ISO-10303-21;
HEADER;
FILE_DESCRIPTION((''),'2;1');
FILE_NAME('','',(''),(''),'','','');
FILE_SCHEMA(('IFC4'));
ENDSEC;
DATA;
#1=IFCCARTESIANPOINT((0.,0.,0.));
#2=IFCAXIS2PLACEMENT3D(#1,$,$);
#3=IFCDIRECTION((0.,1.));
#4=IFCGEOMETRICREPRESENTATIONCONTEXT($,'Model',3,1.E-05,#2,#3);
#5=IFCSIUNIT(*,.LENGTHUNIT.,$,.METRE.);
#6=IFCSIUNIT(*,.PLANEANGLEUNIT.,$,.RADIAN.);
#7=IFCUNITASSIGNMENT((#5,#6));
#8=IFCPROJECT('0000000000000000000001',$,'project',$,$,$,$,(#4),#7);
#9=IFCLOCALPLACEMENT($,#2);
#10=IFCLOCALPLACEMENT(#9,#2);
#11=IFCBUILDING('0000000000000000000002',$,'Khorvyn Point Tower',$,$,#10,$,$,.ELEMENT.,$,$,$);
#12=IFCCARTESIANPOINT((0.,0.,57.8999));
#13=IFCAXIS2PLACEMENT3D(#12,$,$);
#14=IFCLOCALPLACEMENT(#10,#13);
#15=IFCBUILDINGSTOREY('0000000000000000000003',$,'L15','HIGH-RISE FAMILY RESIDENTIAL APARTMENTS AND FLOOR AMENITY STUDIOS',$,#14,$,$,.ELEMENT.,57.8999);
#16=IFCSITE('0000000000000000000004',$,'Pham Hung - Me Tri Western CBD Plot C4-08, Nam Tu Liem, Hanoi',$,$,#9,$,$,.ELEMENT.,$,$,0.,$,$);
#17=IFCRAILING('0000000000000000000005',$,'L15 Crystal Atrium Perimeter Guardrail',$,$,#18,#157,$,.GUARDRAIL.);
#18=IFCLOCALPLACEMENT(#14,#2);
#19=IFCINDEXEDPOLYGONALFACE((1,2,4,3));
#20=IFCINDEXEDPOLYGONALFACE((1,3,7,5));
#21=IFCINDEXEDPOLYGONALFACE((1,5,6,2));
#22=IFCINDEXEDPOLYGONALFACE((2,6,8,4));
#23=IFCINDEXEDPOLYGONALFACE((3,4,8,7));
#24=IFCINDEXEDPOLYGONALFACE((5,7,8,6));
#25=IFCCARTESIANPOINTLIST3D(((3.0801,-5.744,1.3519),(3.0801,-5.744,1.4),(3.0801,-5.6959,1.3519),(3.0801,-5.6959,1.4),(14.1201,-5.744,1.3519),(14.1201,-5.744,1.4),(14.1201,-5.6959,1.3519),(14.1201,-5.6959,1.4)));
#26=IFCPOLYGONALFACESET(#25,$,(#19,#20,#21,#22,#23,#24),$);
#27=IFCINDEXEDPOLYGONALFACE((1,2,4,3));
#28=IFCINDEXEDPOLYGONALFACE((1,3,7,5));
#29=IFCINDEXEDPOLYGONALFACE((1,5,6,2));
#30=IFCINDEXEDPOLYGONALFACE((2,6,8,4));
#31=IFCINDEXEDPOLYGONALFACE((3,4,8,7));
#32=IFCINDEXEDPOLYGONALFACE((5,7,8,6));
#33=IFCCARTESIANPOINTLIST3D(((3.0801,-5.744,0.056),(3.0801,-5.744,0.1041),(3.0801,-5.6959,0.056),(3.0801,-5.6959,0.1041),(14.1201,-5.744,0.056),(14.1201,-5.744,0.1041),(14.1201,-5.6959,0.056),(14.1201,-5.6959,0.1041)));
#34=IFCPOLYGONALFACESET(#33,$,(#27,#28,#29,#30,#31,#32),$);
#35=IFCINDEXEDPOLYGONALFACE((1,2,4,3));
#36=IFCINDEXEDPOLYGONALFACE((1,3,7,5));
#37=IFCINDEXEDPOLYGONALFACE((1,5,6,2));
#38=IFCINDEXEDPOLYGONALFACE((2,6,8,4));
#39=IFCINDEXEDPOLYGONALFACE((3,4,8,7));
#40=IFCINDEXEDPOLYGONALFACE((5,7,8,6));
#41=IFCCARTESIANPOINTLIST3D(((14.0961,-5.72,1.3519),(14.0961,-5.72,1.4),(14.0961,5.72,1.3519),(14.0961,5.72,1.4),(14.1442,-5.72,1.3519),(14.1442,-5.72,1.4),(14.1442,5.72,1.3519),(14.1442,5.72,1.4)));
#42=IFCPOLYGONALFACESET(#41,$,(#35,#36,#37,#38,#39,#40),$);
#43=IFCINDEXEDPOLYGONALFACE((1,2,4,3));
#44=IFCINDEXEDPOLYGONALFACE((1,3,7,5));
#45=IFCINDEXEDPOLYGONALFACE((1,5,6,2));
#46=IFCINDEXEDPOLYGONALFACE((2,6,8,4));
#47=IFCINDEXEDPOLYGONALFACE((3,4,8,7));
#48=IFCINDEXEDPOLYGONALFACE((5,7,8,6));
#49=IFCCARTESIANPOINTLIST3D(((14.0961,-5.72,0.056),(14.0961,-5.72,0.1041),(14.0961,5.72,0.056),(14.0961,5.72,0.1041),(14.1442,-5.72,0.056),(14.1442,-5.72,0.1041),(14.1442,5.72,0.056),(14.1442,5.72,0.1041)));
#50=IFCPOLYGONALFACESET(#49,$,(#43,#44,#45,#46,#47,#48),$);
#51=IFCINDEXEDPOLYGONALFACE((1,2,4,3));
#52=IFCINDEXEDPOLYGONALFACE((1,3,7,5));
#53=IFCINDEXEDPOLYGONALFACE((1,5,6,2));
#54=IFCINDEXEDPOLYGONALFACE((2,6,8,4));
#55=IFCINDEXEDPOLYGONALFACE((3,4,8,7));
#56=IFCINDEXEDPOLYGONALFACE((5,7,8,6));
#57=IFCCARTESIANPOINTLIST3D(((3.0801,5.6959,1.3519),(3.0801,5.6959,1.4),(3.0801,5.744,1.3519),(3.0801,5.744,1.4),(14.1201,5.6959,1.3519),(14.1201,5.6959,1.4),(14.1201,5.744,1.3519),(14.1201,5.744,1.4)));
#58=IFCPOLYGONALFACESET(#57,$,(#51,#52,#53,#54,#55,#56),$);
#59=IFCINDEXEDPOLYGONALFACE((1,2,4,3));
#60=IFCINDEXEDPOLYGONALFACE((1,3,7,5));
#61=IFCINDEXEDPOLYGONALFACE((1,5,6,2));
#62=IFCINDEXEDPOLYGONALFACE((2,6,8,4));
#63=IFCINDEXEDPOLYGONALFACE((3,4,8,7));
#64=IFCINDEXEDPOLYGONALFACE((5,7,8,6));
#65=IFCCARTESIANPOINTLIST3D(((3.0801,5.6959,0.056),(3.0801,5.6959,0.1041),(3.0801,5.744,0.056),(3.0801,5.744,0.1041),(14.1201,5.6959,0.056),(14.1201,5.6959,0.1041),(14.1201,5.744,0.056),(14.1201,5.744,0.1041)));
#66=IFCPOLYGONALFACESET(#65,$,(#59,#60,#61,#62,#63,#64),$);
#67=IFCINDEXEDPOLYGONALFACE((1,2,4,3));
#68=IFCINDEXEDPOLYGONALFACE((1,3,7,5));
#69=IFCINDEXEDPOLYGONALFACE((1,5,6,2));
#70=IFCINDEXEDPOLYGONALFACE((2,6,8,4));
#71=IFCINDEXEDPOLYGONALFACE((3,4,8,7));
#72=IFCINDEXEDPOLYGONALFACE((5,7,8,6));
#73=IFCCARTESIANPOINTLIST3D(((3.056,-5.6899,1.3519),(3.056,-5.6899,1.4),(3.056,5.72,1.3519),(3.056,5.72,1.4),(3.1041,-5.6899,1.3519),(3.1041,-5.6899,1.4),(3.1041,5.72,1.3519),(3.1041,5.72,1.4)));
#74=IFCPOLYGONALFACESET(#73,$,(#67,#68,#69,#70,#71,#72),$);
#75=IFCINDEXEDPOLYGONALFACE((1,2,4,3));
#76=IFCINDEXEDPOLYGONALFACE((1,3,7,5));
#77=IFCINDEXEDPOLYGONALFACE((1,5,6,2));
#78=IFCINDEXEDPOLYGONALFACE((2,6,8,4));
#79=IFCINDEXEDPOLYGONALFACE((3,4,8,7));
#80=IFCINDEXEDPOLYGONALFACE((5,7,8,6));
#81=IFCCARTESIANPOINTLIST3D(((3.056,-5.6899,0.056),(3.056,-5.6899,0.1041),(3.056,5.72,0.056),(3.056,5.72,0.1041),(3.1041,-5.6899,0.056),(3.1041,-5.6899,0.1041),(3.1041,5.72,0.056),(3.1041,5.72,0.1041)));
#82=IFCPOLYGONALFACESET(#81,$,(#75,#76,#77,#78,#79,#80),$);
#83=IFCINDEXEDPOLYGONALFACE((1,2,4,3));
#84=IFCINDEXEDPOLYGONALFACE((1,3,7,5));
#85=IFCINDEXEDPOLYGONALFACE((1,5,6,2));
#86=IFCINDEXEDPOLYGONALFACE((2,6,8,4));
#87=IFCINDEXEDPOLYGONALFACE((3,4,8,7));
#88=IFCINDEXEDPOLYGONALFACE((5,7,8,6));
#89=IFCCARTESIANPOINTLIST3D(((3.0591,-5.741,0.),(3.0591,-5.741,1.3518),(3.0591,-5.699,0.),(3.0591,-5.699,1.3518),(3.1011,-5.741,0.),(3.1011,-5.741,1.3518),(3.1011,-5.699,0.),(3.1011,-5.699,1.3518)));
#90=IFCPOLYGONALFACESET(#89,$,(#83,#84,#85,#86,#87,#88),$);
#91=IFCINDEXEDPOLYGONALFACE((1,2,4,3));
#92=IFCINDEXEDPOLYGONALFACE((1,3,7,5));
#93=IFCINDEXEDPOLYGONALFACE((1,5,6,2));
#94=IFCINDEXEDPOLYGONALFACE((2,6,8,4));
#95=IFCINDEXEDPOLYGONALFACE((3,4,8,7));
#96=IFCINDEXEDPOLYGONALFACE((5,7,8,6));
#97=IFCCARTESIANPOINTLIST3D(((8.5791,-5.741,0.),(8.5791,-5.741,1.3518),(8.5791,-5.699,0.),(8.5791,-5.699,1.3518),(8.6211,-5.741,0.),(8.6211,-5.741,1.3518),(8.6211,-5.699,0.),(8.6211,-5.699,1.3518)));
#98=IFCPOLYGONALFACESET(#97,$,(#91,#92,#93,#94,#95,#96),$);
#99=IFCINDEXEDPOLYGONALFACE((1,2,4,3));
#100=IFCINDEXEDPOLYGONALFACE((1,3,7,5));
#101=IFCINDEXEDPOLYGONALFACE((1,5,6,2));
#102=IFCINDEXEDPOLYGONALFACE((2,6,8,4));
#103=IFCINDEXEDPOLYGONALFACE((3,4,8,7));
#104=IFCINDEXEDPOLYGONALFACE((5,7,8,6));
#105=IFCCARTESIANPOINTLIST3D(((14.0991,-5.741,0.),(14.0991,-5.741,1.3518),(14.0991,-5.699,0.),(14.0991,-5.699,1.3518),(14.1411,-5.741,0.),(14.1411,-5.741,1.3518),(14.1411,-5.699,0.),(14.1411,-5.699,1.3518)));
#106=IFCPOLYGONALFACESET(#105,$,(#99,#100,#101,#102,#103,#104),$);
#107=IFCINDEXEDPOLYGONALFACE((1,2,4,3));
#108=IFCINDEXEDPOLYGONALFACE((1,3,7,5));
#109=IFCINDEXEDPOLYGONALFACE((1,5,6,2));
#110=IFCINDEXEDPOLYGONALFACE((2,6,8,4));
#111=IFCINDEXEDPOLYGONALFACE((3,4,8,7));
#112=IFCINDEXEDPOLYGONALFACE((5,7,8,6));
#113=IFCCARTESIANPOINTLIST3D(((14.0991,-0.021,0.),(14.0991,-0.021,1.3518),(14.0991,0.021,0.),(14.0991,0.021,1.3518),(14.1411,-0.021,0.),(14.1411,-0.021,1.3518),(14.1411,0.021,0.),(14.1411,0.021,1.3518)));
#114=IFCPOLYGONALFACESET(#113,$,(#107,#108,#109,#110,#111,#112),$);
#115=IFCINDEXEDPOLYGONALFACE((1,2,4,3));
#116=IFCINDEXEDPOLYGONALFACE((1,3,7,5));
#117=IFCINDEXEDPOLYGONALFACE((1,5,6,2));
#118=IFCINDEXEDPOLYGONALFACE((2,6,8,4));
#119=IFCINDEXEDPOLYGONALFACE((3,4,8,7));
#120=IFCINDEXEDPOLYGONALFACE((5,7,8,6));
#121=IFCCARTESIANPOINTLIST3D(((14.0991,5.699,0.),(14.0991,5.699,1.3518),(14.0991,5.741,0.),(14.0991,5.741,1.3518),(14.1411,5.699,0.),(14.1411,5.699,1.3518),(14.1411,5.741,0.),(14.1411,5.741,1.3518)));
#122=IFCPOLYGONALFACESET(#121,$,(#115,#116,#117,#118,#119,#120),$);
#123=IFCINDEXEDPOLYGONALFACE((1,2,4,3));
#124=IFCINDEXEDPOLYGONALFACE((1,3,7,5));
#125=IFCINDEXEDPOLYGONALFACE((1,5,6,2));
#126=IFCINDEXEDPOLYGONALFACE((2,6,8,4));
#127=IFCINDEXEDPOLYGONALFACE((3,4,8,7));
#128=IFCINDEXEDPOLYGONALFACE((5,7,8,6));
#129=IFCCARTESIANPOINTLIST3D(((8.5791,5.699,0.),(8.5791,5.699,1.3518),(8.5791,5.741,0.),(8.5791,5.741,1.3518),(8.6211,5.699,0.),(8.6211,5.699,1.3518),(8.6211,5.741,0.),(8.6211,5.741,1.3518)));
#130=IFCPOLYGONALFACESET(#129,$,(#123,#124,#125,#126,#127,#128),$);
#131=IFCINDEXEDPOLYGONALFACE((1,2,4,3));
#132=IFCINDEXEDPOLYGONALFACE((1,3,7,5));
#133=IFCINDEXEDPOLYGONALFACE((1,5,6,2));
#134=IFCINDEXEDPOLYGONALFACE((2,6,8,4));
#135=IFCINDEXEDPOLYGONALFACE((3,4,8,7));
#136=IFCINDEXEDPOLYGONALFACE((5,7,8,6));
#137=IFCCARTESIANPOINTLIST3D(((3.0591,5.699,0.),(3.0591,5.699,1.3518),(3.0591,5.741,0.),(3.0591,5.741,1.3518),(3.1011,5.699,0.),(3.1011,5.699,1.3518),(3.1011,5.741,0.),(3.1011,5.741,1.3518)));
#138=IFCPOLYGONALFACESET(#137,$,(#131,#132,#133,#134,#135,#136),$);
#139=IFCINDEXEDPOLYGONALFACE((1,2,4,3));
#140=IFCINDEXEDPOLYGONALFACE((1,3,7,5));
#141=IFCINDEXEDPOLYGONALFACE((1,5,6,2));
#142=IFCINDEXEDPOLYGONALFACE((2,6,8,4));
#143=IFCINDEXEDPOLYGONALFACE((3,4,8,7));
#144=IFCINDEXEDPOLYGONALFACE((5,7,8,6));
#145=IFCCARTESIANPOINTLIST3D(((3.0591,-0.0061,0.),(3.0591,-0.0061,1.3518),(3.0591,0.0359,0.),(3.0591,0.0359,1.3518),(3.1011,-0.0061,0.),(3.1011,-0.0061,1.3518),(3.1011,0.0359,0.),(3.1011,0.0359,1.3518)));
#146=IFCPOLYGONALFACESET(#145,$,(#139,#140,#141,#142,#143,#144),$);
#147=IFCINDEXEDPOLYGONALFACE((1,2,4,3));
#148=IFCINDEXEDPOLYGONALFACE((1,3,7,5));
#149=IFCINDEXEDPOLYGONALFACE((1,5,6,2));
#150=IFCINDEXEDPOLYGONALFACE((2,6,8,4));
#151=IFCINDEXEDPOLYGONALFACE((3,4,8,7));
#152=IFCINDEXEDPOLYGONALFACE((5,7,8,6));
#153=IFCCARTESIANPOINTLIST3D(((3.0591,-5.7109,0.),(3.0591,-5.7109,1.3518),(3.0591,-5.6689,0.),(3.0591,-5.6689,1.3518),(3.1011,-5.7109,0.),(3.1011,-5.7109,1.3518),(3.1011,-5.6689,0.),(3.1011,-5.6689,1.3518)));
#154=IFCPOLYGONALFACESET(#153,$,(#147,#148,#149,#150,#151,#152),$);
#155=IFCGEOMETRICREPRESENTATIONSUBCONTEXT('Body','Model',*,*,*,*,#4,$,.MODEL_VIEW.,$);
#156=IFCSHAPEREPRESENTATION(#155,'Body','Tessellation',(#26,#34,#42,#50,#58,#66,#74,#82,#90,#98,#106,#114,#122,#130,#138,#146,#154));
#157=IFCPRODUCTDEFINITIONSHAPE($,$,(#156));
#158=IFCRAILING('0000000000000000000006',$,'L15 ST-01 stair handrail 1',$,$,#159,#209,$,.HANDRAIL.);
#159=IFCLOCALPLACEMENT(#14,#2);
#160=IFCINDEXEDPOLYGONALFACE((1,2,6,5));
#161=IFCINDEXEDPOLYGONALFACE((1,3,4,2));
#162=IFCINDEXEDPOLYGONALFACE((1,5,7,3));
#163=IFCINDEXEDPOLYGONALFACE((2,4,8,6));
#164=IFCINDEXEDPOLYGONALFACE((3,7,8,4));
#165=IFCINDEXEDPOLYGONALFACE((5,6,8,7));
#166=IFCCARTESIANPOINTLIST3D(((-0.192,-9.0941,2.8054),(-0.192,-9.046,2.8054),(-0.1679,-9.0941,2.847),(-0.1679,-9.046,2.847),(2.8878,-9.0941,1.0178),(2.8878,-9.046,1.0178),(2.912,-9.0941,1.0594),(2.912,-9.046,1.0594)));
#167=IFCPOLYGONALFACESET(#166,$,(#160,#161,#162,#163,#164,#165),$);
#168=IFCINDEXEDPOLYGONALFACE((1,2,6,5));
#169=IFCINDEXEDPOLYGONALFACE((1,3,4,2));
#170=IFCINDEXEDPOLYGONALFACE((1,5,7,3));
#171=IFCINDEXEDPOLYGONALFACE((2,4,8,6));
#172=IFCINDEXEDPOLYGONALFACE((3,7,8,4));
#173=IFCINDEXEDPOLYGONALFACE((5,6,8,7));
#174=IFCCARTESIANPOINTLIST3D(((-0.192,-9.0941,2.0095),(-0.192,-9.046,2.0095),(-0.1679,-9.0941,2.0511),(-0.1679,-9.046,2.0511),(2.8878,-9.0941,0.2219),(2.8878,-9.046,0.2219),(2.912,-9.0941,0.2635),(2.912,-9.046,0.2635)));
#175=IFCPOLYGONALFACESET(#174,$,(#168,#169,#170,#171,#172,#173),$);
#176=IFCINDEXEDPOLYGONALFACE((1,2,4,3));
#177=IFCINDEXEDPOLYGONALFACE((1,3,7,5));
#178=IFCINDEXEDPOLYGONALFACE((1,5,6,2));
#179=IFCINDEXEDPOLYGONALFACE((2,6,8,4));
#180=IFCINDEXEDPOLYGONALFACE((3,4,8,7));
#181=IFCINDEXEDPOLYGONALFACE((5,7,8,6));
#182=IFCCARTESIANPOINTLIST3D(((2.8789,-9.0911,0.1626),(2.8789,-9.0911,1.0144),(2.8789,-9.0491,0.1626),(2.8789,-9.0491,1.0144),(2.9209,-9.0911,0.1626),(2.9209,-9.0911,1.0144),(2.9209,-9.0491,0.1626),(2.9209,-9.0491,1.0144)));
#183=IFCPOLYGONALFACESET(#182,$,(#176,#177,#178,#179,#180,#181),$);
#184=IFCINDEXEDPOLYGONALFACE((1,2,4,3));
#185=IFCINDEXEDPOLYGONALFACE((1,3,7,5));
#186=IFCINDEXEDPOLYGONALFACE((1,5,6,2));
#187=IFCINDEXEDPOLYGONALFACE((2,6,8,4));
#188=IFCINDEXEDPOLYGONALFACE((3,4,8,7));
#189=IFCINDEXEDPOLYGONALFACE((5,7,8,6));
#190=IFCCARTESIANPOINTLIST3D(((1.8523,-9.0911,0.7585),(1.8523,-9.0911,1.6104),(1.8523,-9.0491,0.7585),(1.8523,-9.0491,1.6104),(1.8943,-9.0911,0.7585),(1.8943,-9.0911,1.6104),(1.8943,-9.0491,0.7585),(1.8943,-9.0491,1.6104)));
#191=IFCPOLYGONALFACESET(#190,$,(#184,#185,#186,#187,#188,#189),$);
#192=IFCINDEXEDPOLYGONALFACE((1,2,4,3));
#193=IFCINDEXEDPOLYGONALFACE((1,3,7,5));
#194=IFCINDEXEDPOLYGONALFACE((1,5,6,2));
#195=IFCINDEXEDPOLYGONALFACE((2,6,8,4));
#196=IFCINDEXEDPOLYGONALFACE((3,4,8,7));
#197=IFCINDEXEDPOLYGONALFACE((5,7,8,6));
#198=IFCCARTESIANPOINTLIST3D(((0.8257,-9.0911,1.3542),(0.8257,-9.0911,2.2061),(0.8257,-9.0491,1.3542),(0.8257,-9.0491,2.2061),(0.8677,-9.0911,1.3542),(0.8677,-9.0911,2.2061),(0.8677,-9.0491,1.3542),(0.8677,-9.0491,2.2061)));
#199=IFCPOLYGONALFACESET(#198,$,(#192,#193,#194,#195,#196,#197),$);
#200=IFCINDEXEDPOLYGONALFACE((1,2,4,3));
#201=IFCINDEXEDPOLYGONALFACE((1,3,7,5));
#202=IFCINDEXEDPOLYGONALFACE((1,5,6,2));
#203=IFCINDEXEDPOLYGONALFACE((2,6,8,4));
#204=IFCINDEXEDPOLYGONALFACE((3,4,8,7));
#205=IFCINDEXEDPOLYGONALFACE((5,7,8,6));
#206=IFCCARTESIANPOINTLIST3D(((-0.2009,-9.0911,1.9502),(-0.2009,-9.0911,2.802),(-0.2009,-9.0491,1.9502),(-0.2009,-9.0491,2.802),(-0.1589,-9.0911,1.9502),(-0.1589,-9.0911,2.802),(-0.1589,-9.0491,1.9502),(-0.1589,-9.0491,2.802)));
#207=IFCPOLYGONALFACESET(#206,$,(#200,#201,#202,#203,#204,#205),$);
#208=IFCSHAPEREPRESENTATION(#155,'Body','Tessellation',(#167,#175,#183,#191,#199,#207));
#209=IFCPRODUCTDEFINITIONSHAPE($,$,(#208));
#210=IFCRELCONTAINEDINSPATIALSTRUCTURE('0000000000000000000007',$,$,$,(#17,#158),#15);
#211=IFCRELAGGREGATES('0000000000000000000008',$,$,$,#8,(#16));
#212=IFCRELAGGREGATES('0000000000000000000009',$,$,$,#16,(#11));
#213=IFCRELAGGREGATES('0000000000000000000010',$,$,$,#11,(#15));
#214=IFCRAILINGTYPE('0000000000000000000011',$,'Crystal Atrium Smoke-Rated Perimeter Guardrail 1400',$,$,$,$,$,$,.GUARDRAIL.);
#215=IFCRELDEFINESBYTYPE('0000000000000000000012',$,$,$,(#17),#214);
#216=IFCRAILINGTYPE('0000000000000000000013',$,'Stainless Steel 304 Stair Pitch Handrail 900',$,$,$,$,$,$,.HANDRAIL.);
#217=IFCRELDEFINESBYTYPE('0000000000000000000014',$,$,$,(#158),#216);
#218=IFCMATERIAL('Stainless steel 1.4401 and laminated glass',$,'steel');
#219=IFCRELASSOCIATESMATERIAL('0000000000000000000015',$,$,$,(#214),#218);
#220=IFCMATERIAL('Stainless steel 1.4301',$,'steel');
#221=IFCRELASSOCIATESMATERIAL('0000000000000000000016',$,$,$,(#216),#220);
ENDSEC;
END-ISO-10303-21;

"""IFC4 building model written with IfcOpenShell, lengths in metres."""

from ifc_helpers import new_model, si_unit, direction, frame, origin, origin_2d, place, context, subcontext, project, spatial, rectangle, extrude, material, type_object, element, save


model = new_model("IFC4")

# Units and contexts
model_context = context("Model", 3, precision=1e-05, world=origin(), true_north=direction((0.0, 1.0)))
body_context = subcontext(model_context, "Body", "Model", "MODEL_VIEW")
ifc_project = project(units=[si_unit("LENGTHUNIT", "METRE"), si_unit("PLANEANGLEUNIT", "RADIAN")], contexts=[model_context])

# Site, building, storey
site_placement = place(None, origin())
site = spatial("IfcSite", under=ifc_project, at=site_placement, Name="Pham Hung - Me Tri Western CBD Plot C4-08, Nam Tu Liem, Hanoi", CompositionType="ELEMENT", RefElevation=0.0)
building_placement = place(site_placement, origin())
building = spatial("IfcBuilding", under=site, at=building_placement, Name="Khorvyn Point Tower", CompositionType="ELEMENT")
storey_placement = place(building_placement, frame((0.0, 0.0, 57.8999)))
storey = spatial("IfcBuildingStorey", under=building, at=storey_placement, Name="L15", Description="HIGH-RISE FAMILY RESIDENTIAL APARTMENTS AND FLOOR AMENITY STUDIOS", CompositionType="ELEMENT", Elevation=57.8999)

# Shared definitions
ifc_material_1 = material(Name="Stainless steel 1.4301", Category="steel")

# Railings
ifc_material_2 = material(Name="Stainless steel 1.4401 and laminated glass", Category="steel")
railing_type_1 = type_object("IfcRailingType", Name="Crystal Atrium Smoke-Rated Perimeter Guardrail 1400", PredefinedType="GUARDRAIL", material=ifc_material_2)
railing_1_placement = place(storey_placement, frame((3.0801, -5.72, 0.0)))
element("IfcRailing", 1, at=railing_1_placement, inside=storey, type_object=railing_type_1, Name="L15 Crystal Atrium Perimeter Guardrail", PredefinedType="GUARDRAIL", context=body_context, shape_type="SweptSolid", body=[
    extrude(rectangle(XDim=0.0481, YDim=0.0481, at=origin_2d()), frame((0.0, 0.0, 1.376), z_axis=(1.0, 0.0, 0.0), x_axis=(0.0, 1.0, 0.0)), (0.0, 0.0, 1.0), 11.04),
    extrude(rectangle(XDim=0.0481, YDim=0.0481, at=origin_2d()), frame((0.0, 0.0, 0.0801), z_axis=(1.0, 0.0, 0.0), x_axis=(0.0, 1.0, 0.0)), (0.0, 0.0, 1.0), 11.04),
    extrude(rectangle(XDim=0.0481, YDim=0.0481, at=origin_2d()), frame((11.04, 0.0, 1.376), z_axis=(0.0, 1.0, 0.0), x_axis=(-1.0, 0.0, 0.0)), (0.0, 0.0, 1.0), 11.4399),
    extrude(rectangle(XDim=0.0481, YDim=0.0481, at=origin_2d()), frame((11.04, 0.0, 0.0801), z_axis=(0.0, 1.0, 0.0), x_axis=(-1.0, 0.0, 0.0)), (0.0, 0.0, 1.0), 11.4399),
    extrude(rectangle(XDim=0.0481, YDim=0.0481, at=origin_2d()), frame((11.04, 11.4399, 1.376), z_axis=(-1.0, 0.0, 0.0), x_axis=(0.0, -1.0, 0.0)), (0.0, 0.0, 1.0), 11.04),
    extrude(rectangle(XDim=0.0481, YDim=0.0481, at=origin_2d()), frame((11.04, 11.4399, 0.0801), z_axis=(-1.0, 0.0, 0.0), x_axis=(0.0, -1.0, 0.0)), (0.0, 0.0, 1.0), 11.04),
    extrude(rectangle(XDim=0.0481, YDim=0.0481, at=origin_2d()), frame((0.0, 11.4399, 1.376), z_axis=(0.0, -1.0, 0.0), x_axis=(1.0, 0.0, 0.0)), (0.0, 0.0, 1.0), 11.4099),
    extrude(rectangle(XDim=0.0481, YDim=0.0481, at=origin_2d()), frame((0.0, 11.4399, 0.0801), z_axis=(0.0, -1.0, 0.0), x_axis=(1.0, 0.0, 0.0)), (0.0, 0.0, 1.0), 11.4099),
    extrude(rectangle(XDim=0.042, YDim=0.042, at=origin_2d()), origin(), (0.0, 0.0, 1.0), 1.3518),
    extrude(rectangle(XDim=0.042, YDim=0.042, at=origin_2d()), frame((5.52, 0.0, 0.0)), (0.0, 0.0, 1.0), 1.3518),
    extrude(rectangle(XDim=0.042, YDim=0.042, at=origin_2d()), frame((11.04, 0.0, 0.0)), (0.0, 0.0, 1.0), 1.3518),
    extrude(rectangle(XDim=0.042, YDim=0.042, at=origin_2d()), frame((11.04, 5.72, 0.0)), (0.0, 0.0, 1.0), 1.3518),
    extrude(rectangle(XDim=0.042, YDim=0.042, at=origin_2d()), frame((11.04, 11.4399, 0.0)), (0.0, 0.0, 1.0), 1.3518),
    extrude(rectangle(XDim=0.042, YDim=0.042, at=origin_2d()), frame((5.52, 11.4399, 0.0)), (0.0, 0.0, 1.0), 1.3518),
    extrude(rectangle(XDim=0.042, YDim=0.042, at=origin_2d()), frame((0.0, 11.4399, 0.0)), (0.0, 0.0, 1.0), 1.3518),
    extrude(rectangle(XDim=0.042, YDim=0.042, at=origin_2d()), frame((0.0, 5.7349, 0.0)), (0.0, 0.0, 1.0), 1.3518),
    extrude(rectangle(XDim=0.042, YDim=0.042, at=origin_2d()), frame((0.0, 0.03, 0.0)), (0.0, 0.0, 1.0), 1.3518),
])
railing_type_2 = type_object("IfcRailingType", Name="Stainless Steel 304 Stair Pitch Handrail 900", PredefinedType="HANDRAIL", material=ifc_material_1)
railing_2_placement = place(storey_placement, frame((2.8999, -9.0701, 0.1626)))
element("IfcRailing", 2, at=railing_2_placement, inside=storey, type_object=railing_type_2, Name="L15 ST-01 stair handrail 1", PredefinedType="HANDRAIL", context=body_context, shape_type="SweptSolid", body=[
    extrude(rectangle(XDim=0.0481, YDim=0.0481, at=origin_2d()), frame((0.0, 0.0, 0.876), z_axis=(-0.864873, 0.0, 0.50199), x_axis=(0.0, -1.0, 0.0)), (0.0, 0.0, 1.0), 3.561),
    extrude(rectangle(XDim=0.0481, YDim=0.0481, at=origin_2d()), frame((0.0, 0.0, 0.0801), z_axis=(-0.864873, 0.0, 0.50199), x_axis=(0.0, -1.0, 0.0)), (0.0, 0.0, 1.0), 3.561),
    extrude(rectangle(XDim=0.042, YDim=0.042, at=origin_2d()), origin(), (0.0, 0.0, 1.0), 0.8518),
    extrude(rectangle(XDim=0.042, YDim=0.042, at=origin_2d()), frame((-1.0266, 0.0, 0.5959)), (0.0, 0.0, 1.0), 0.8518),
    extrude(rectangle(XDim=0.042, YDim=0.042, at=origin_2d()), frame((-2.0532, 0.0, 1.1917)), (0.0, 0.0, 1.0), 0.8518),
    extrude(rectangle(XDim=0.042, YDim=0.042, at=origin_2d()), frame((-3.0798, 0.0, 1.7876)), (0.0, 0.0, 1.0), 0.8518),
])

save(model, "model.ifc")
